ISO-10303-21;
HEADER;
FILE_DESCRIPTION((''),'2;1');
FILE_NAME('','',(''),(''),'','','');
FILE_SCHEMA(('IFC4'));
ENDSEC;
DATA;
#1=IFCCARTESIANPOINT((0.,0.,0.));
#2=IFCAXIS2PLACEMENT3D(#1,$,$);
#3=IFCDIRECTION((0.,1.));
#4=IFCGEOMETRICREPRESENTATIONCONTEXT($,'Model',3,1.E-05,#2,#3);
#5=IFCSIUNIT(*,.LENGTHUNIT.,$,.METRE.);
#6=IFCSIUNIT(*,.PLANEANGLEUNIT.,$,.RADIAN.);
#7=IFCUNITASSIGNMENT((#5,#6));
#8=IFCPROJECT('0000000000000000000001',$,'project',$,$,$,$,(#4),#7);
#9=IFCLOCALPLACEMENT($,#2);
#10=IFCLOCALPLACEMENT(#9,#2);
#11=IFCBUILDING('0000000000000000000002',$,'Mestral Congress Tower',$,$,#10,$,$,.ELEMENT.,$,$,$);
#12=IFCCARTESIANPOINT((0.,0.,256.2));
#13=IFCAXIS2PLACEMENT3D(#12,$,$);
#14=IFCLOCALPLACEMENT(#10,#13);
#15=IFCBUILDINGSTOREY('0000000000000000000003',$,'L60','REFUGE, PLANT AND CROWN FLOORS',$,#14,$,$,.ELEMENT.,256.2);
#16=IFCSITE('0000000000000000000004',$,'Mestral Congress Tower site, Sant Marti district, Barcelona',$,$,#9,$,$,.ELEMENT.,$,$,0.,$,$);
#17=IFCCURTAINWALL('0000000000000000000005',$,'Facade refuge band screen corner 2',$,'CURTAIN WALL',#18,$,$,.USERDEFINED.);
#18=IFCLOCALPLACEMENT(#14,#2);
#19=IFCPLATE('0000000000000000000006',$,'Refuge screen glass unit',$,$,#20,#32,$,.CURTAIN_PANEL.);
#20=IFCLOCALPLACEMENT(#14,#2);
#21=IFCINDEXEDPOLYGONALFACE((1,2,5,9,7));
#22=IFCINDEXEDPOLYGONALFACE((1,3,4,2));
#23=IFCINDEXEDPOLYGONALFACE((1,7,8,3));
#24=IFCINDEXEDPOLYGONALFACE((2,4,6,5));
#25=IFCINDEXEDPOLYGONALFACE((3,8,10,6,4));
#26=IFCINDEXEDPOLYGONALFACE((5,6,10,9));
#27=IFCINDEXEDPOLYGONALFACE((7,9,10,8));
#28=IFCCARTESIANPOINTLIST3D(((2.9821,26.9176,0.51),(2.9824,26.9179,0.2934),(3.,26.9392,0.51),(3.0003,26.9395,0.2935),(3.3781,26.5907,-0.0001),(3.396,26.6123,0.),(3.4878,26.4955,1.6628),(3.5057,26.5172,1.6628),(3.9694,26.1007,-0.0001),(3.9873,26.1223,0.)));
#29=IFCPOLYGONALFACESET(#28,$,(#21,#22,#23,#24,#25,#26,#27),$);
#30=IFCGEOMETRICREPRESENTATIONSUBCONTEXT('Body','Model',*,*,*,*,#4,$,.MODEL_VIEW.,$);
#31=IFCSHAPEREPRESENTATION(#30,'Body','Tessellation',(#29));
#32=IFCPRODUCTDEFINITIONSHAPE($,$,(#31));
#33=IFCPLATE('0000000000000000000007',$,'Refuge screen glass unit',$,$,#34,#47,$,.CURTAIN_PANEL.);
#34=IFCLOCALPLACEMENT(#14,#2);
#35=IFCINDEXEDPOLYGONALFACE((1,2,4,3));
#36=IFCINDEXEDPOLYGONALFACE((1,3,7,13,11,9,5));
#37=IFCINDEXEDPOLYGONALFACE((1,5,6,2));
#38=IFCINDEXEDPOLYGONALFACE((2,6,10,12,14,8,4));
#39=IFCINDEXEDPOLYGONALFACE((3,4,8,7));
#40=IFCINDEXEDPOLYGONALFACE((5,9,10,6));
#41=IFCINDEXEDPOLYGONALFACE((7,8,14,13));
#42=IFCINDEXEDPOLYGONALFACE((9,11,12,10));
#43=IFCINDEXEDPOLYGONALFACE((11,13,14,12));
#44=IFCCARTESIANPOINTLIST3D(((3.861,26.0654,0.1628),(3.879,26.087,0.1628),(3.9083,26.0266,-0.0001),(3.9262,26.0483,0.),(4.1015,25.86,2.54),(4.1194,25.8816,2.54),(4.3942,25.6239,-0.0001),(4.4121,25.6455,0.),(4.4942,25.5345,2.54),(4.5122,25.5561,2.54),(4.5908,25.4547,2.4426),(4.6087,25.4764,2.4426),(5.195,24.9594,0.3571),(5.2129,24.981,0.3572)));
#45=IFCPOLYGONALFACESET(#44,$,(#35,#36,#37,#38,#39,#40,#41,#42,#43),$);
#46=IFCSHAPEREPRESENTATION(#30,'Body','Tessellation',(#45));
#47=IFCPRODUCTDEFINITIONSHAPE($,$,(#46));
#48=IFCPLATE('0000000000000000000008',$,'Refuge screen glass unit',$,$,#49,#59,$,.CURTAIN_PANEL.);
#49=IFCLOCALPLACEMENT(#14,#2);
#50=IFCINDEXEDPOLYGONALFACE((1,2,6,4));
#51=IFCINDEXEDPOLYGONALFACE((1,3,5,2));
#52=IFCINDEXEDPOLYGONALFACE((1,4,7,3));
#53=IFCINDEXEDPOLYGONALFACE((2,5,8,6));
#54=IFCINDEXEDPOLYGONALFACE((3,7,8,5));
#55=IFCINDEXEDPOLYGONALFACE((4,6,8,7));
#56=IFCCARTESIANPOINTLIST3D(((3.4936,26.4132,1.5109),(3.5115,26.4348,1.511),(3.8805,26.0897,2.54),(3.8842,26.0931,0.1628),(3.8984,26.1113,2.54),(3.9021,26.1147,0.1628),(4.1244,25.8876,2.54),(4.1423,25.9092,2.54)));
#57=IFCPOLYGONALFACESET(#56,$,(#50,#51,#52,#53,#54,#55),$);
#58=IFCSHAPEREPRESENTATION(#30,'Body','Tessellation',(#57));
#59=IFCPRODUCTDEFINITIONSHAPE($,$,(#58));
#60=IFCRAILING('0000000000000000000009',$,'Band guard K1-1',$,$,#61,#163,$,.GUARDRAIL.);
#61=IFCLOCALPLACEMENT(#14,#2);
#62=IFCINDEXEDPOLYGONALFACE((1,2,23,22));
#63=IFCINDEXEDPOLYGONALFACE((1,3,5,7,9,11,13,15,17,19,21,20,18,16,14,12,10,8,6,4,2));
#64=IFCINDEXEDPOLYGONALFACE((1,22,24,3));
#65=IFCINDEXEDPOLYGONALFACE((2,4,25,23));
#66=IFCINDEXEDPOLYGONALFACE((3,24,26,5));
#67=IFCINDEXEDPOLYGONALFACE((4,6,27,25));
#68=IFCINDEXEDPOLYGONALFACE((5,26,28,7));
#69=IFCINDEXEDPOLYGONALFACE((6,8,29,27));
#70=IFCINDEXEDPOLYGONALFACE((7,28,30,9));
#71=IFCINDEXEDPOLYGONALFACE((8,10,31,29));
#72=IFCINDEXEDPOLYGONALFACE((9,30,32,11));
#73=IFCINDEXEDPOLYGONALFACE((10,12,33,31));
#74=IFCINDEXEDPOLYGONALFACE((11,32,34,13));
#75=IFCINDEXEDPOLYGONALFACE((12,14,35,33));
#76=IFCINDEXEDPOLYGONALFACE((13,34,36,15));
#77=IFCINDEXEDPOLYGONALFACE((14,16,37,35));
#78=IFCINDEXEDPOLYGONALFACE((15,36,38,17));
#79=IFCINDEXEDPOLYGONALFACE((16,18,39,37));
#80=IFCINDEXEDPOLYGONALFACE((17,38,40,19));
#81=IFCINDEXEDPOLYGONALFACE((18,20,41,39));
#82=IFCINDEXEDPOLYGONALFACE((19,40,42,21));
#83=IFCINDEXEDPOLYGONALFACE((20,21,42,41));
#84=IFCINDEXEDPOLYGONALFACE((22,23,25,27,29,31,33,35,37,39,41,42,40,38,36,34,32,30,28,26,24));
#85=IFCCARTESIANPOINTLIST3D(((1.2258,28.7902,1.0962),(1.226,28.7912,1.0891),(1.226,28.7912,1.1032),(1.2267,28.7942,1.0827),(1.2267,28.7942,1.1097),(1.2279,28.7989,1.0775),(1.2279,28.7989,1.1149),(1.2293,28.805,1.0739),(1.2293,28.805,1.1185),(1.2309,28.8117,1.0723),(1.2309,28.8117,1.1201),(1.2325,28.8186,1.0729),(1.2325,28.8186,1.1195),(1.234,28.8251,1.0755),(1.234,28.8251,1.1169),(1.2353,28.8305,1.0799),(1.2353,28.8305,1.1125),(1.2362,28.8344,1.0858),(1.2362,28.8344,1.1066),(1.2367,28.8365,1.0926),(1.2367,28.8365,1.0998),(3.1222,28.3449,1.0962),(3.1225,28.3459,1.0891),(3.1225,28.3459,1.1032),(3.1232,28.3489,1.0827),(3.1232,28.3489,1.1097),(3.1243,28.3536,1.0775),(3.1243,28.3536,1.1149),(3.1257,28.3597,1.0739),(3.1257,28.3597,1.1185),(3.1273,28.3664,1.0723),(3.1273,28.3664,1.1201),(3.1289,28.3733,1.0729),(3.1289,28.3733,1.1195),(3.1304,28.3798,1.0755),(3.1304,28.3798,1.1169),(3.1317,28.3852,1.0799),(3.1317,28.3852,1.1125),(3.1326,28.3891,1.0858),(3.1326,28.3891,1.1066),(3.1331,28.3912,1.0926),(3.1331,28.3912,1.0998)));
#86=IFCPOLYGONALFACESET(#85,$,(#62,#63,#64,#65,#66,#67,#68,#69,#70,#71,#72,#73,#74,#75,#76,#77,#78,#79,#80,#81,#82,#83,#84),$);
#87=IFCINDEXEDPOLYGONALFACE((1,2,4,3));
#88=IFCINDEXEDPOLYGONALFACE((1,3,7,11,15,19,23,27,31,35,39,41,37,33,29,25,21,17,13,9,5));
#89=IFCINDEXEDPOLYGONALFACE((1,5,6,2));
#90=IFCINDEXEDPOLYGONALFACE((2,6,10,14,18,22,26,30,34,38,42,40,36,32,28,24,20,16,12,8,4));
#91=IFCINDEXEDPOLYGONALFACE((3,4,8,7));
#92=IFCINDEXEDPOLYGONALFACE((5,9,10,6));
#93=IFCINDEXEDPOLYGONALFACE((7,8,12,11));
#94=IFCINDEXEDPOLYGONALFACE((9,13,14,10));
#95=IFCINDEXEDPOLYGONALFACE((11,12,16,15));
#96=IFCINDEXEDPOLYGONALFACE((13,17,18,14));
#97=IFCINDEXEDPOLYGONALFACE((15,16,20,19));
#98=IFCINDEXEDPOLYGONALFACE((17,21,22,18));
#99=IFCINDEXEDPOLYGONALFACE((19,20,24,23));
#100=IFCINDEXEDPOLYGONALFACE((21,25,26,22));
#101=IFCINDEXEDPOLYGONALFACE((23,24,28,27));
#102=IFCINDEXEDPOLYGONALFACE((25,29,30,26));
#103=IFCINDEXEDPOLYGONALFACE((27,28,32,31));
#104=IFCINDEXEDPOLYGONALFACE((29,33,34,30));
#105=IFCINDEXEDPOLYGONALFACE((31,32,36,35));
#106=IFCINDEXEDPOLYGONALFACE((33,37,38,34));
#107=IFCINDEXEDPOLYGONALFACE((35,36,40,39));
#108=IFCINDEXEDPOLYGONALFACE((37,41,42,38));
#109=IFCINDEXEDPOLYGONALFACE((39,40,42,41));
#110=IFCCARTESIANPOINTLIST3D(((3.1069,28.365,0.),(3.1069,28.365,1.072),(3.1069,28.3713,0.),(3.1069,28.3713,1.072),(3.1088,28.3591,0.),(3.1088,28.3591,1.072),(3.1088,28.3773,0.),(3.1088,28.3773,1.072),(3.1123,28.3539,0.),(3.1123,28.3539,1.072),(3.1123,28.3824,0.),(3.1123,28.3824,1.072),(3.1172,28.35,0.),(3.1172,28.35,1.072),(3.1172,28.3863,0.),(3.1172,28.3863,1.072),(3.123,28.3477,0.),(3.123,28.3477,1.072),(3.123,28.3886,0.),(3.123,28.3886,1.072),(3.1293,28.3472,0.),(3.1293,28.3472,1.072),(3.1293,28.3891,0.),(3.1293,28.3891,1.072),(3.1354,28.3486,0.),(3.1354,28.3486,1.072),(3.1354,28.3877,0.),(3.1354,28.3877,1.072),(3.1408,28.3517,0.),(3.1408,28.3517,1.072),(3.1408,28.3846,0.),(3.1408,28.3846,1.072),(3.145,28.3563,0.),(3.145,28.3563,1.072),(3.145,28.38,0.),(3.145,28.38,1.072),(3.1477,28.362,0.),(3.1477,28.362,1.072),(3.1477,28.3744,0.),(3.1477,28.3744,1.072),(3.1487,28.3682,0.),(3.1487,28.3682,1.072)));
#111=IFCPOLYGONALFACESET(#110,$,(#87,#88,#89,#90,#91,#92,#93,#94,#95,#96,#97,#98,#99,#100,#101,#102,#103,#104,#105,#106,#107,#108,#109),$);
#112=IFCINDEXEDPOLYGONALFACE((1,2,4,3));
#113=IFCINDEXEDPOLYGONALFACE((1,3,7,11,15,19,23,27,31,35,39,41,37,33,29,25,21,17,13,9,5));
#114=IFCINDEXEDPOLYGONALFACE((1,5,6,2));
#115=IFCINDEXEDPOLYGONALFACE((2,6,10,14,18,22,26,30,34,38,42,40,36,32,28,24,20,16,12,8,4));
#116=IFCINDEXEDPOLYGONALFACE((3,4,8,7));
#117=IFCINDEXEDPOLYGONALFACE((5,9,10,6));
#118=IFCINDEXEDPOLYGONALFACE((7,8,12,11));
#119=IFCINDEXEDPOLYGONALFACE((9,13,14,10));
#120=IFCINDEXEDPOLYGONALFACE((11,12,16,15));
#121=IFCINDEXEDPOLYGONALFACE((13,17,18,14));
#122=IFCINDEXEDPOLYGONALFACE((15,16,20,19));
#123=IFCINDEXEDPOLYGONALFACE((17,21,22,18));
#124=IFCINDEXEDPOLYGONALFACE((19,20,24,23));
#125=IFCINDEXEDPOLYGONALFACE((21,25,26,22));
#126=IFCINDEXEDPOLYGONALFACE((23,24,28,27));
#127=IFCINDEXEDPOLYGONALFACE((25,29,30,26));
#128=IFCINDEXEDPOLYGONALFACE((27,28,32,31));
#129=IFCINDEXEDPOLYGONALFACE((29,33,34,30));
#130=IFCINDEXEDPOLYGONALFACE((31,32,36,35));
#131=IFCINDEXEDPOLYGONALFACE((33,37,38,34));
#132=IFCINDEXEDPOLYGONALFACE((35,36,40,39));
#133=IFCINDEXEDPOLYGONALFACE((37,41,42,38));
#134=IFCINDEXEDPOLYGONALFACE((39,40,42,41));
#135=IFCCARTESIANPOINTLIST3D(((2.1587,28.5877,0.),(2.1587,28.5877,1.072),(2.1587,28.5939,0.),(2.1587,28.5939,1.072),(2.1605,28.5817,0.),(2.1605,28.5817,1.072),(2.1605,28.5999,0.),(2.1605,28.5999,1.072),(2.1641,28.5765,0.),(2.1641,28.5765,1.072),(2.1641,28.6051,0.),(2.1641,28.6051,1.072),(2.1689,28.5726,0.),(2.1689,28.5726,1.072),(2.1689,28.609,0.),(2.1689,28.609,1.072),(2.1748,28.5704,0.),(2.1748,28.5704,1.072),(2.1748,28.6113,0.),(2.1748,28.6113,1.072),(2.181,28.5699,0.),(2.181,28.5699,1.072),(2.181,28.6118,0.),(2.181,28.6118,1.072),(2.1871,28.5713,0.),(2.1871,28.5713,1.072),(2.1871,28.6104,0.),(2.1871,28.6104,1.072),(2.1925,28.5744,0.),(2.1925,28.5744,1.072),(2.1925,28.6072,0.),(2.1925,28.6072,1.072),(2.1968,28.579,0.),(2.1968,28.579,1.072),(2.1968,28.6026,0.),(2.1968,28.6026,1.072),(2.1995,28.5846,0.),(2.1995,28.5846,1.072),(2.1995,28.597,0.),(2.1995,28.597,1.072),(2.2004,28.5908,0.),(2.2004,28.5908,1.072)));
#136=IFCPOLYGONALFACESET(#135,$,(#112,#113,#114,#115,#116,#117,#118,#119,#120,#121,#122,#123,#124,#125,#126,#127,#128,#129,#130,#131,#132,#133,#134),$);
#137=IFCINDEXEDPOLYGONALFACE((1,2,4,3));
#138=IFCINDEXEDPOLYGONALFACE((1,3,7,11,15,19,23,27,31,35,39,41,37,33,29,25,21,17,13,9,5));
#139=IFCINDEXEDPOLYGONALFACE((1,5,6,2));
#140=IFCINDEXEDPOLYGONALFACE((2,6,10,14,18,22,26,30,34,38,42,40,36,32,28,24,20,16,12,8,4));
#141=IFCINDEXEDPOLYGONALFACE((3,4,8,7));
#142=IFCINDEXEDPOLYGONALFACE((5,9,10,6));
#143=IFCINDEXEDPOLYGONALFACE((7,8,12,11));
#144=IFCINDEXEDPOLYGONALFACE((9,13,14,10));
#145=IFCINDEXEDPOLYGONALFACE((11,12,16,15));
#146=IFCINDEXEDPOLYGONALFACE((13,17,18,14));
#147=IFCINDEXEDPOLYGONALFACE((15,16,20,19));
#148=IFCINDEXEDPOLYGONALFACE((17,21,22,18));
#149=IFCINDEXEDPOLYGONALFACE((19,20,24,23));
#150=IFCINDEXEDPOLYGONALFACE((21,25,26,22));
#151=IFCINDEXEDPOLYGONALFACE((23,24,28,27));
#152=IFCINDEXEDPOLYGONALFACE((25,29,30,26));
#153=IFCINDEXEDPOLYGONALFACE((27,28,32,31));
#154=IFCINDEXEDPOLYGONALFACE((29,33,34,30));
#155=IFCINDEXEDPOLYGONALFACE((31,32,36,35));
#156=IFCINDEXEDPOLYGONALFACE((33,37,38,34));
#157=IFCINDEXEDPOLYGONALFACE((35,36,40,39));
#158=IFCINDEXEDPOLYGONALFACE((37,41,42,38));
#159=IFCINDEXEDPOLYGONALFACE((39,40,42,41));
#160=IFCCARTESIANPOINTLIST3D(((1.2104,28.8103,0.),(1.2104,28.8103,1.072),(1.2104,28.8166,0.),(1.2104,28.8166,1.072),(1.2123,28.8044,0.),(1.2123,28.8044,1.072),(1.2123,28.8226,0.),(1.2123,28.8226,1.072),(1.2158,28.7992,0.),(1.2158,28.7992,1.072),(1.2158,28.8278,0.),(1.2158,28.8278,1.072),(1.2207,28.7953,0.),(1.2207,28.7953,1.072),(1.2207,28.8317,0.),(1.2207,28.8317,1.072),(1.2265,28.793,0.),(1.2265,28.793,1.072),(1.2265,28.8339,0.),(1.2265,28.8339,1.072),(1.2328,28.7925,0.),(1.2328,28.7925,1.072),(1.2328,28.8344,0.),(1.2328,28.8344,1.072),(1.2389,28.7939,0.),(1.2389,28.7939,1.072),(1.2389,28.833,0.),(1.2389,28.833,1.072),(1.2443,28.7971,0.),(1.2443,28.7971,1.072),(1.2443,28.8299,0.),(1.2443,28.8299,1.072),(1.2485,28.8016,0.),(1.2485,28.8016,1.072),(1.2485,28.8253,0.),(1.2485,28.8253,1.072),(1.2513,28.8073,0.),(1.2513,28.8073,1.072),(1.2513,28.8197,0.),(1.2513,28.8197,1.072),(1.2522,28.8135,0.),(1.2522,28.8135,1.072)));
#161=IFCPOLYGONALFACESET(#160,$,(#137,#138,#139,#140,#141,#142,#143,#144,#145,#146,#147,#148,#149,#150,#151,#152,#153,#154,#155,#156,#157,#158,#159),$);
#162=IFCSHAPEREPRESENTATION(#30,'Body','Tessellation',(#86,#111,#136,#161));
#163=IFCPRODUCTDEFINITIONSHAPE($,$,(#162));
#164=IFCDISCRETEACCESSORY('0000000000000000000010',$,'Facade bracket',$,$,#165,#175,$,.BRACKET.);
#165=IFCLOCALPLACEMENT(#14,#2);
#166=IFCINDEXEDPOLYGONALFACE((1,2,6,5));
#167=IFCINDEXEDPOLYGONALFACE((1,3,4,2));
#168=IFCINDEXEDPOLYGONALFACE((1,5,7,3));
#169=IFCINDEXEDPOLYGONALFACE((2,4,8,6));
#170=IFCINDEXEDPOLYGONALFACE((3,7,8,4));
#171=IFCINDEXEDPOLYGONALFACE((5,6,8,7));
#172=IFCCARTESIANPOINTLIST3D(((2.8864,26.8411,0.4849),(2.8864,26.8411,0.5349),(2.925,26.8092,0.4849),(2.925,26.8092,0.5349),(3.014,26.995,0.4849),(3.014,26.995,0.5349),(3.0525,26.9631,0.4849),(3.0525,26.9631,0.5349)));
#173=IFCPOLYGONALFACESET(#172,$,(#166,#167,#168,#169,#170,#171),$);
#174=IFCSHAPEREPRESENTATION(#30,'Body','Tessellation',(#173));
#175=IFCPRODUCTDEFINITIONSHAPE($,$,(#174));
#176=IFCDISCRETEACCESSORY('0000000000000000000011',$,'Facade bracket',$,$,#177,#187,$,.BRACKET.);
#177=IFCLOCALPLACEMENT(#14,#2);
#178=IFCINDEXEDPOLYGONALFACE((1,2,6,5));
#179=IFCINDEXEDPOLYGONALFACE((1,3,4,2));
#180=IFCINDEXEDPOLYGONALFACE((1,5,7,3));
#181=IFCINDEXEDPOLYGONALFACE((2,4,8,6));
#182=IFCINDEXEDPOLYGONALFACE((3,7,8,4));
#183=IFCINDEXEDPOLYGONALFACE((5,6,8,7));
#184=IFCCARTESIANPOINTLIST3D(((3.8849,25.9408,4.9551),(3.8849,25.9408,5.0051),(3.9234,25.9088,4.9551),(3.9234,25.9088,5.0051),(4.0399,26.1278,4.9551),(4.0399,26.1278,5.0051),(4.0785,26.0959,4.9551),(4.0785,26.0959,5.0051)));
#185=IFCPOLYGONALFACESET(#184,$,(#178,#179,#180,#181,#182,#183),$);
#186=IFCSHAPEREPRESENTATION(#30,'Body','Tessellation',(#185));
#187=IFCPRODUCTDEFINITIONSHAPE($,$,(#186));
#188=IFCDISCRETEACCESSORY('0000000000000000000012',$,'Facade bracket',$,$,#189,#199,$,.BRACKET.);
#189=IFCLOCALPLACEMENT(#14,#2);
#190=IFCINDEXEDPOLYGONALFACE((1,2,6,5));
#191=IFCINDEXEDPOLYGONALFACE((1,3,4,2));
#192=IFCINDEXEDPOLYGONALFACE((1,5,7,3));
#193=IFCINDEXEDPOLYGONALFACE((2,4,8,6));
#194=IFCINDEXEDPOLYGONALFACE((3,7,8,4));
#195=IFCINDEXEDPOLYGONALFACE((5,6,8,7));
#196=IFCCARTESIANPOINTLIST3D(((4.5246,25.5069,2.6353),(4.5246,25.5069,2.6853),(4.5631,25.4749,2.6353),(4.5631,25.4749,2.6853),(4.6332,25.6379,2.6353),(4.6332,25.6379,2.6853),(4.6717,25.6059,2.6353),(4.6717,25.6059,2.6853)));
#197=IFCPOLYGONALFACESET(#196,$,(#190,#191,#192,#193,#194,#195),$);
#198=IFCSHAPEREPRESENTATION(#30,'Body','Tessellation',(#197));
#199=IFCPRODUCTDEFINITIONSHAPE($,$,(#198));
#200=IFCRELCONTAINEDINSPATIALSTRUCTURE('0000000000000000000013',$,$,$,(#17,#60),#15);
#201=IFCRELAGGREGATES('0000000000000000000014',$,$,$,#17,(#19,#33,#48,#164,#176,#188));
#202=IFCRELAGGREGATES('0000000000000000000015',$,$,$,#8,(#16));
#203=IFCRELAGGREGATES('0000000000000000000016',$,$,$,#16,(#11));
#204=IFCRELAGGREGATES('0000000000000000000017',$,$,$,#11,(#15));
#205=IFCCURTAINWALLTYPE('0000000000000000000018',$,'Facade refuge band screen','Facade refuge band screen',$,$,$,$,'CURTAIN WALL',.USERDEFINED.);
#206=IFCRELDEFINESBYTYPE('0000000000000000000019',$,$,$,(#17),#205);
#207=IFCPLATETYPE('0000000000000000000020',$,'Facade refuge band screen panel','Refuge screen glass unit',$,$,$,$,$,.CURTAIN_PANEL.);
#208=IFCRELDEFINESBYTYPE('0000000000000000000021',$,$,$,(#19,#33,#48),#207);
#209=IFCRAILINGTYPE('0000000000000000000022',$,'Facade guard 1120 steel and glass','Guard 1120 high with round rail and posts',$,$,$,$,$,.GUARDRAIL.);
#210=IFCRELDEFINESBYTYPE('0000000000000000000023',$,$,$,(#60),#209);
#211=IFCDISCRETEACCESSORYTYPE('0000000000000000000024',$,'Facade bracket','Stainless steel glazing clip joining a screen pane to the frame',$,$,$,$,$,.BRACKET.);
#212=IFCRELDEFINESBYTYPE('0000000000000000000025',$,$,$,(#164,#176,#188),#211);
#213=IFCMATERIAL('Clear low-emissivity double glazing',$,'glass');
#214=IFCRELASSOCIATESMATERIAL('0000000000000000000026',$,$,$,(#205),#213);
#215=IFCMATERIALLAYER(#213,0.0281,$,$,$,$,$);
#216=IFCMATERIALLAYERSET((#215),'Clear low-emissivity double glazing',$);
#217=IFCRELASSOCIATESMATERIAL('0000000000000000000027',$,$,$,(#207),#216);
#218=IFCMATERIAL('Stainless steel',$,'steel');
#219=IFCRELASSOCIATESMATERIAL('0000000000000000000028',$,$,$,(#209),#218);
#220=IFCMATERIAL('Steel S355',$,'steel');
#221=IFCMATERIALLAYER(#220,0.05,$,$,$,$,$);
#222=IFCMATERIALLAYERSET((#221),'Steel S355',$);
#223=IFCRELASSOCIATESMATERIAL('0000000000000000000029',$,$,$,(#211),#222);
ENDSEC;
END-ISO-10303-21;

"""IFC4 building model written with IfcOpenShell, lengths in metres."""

from ifc_helpers import new_model, si_unit, direction, frame, origin, origin_2d, place, context, subcontext, project, spatial, polyline, rectangle, circle, outline, extrude, material, layer, layer_set, type_object, element, aggregate, save


model = new_model("IFC4")

# Units and contexts
model_context = context("Model", 3, precision=1e-05, world=origin(), true_north=direction((0.0, 1.0)))
body_context = subcontext(model_context, "Body", "Model", "MODEL_VIEW")
ifc_project = project(units=[si_unit("LENGTHUNIT", "METRE"), si_unit("PLANEANGLEUNIT", "RADIAN")], contexts=[model_context])

# Site, building, storey
site_placement = place(None, origin())
site = spatial("IfcSite", under=ifc_project, at=site_placement, Name="Mestral Congress Tower site, Sant Marti district, Barcelona", CompositionType="ELEMENT", RefElevation=0.0)
building_placement = place(site_placement, origin())
building = spatial("IfcBuilding", under=site, at=building_placement, Name="Mestral Congress Tower", CompositionType="ELEMENT")
storey_placement = place(building_placement, frame((0.0, 0.0, 256.2)))
storey = spatial("IfcBuildingStorey", under=building, at=storey_placement, Name="L60", Description="REFUGE, PLANT AND CROWN FLOORS", CompositionType="ELEMENT", Elevation=256.2)

# Shared definitions
ifc_material_1 = material(Name="Steel S355", Category="steel")

# Curtain wall
ifc_material_2 = material(Name="Clear low-emissivity double glazing", Category="glass")
curtain_wall_type = type_object("IfcCurtainWallType", Name="Facade refuge band screen", Description="Facade refuge band screen", ElementType="CURTAIN WALL", PredefinedType="USERDEFINED", material=ifc_material_2)
curtain_wall_placement = place(storey_placement, origin())
curtain_wall = element("IfcCurtainWall", 1, at=curtain_wall_placement, inside=storey, type_object=curtain_wall_type, Name="Facade refuge band screen corner 2", ObjectType="CURTAIN WALL", PredefinedType="USERDEFINED")

# Plates
ifc_layer_1 = layer(ifc_material_2, 0.0281)
ifc_layer_set_1 = layer_set([ifc_layer_1], Name="Clear low-emissivity double glazing")
plate_type_1 = type_object("IfcPlateType", Name="Facade refuge band screen panel", Description="Refuge screen glass unit", PredefinedType="CURTAIN_PANEL", material=ifc_layer_set_1)
plate_1_placement = place(storey_placement, frame((3.0, 26.9392, 0.51), z_axis=(0.638088, 0.769961, 0.002001), x_axis=(0.001392, 0.001446, -0.999998)))
plate_1 = element("IfcPlate", 2, at=plate_1_placement, type_object=plate_type_1, Name="Refuge screen glass unit", PredefinedType="CURTAIN_PANEL", context=body_context, shape_type="SweptSolid", body=[
    extrude(outline(polyline([(0.0, 0.0), (0.2166, 0.0), (0.5101, -0.5134), (0.5102, -1.2814), (-1.1527, -0.6588), (0.0, 0.0)])), origin(), (0.0, 0.0, -1.0), 0.0281),
])
plate_2_placement = place(storey_placement, frame((4.1194, 25.8816, 2.54), z_axis=(0.638091, 0.769959, 0.001991), x_axis=(-0.100253, 0.085646, -0.991269)))
plate_2 = element("IfcPlate", 3, at=plate_2_placement, type_object=plate_type_1, Name="Refuge screen glass unit", PredefinedType="CURTAIN_PANEL", context=body_context, shape_type="SweptSolid", body=[
    extrude(outline(polyline([(0.0, 0.0), (2.3981, 0.0), (2.5515, -0.082), (2.4683, -0.7076), (1.977, -1.6921), (0.0128, -0.6426), (-0.0673, -0.5057), (0.0, 0.0)])), origin(), (0.0, 0.0, -1.0), 0.0281),
])
plate_3_placement = place(storey_placement, frame((3.9021, 26.1147, 0.1628), z_axis=(0.63811, 0.769942, 0.00209), x_axis=(0.100178, -0.085716, 0.99127)))
plate_3 = element("IfcPlate", 4, at=plate_3_placement, type_object=plate_type_1, Name="Refuge screen glass unit", PredefinedType="CURTAIN_PANEL", context=body_context, shape_type="SweptSolid", body=[
    extrude(outline(polyline([(0.0, 0.0), (2.3981, 0.0), (2.3564, -0.314), (1.2698, -0.6783), (0.0, 0.0)])), origin(), (0.0, 0.0, -1.0), 0.0281),
])

# Railing
ifc_material_3 = material(Name="Stainless steel", Category="steel")
railing_type = type_object("IfcRailingType", Name="Facade guard 1120 steel and glass", Description="Guard 1120 high with round rail and posts", PredefinedType="GUARDRAIL", material=ifc_material_3)
railing_placement = place(storey_placement, frame((3.1277, 28.3682, 0.0)))
element("IfcRailing", 5, at=railing_placement, inside=storey, type_object=railing_type, Name="Band guard K1-1", PredefinedType="GUARDRAIL", context=body_context, shape_type="SweptSolid", body=[
    extrude(circle(Radius=0.0239, at=origin_2d()), frame((0.0, 0.0, 1.0962), z_axis=(-0.973522, 0.228592, 0.0), x_axis=(-0.228592, -0.973522, 0.0)), (0.0, 0.0, 1.0), 1.948),
    extrude(circle(Radius=0.021, at=origin_2d()), origin(), (0.0, 0.0, 1.0), 1.072),
    extrude(circle(Radius=0.021, at=origin_2d()), frame((-0.9482, 0.2227, 0.0)), (0.0, 0.0, 1.0), 1.072),
    extrude(circle(Radius=0.021, at=origin_2d()), frame((-1.8965, 0.4453, 0.0)), (0.0, 0.0, 1.0), 1.072),
])

# Discrete accessories
ifc_layer_2 = layer(ifc_material_1, 0.05)
ifc_layer_set_2 = layer_set([ifc_layer_2], Name="Steel S355")
discrete_accessory_type = type_object("IfcDiscreteAccessoryType", Name="Facade bracket", Description="Stainless steel glazing clip joining a screen pane to the frame", PredefinedType="BRACKET", material=ifc_layer_set_2)
discrete_accessory_1_placement = place(storey_placement, frame((2.9695, 26.9021, 0.4849), z_axis=(0.0, 0.0, 1.0), x_axis=(-0.769968, 0.638083, 0.0)))
discrete_accessory_1 = element("IfcDiscreteAccessory", 6, at=discrete_accessory_1_placement, type_object=discrete_accessory_type, Name="Facade bracket", PredefinedType="BRACKET", context=body_context, shape_type="SweptSolid", body=[
    extrude(rectangle(XDim=0.05, YDim=0.2, at=origin_2d()), origin(), (0.0, 0.0, 1.0), 0.05),
])
discrete_accessory_2_placement = place(storey_placement, frame((3.9817, 26.0183, 4.9551), z_axis=(0.0, 0.0, 1.0), x_axis=(-0.769882, 0.638186, 0.0)))
discrete_accessory_2 = element("IfcDiscreteAccessory", 7, at=discrete_accessory_2_placement, type_object=discrete_accessory_type, Name="Facade bracket", PredefinedType="BRACKET", context=body_context, shape_type="SweptSolid", body=[
    extrude(rectangle(XDim=0.05, YDim=0.2429, at=origin_2d()), origin(), (0.0, 0.0, 1.0), 0.05),
])
discrete_accessory_3_placement = place(storey_placement, frame((4.5981, 25.5564, 2.6353), z_axis=(0.0, 0.0, 1.0), x_axis=(-0.769815, 0.638267, 0.0)))
discrete_accessory_3 = element("IfcDiscreteAccessory", 8, at=discrete_accessory_3_placement, type_object=discrete_accessory_type, Name="Facade bracket", PredefinedType="BRACKET", context=body_context, shape_type="SweptSolid", body=[
    extrude(rectangle(XDim=0.05, YDim=0.1702, at=origin_2d()), origin(), (0.0, 0.0, 1.0), 0.05),
])
aggregate(curtain_wall, [plate_1, plate_2, plate_3, discrete_accessory_1, discrete_accessory_2, discrete_accessory_3])

save(model, "model.ifc")
